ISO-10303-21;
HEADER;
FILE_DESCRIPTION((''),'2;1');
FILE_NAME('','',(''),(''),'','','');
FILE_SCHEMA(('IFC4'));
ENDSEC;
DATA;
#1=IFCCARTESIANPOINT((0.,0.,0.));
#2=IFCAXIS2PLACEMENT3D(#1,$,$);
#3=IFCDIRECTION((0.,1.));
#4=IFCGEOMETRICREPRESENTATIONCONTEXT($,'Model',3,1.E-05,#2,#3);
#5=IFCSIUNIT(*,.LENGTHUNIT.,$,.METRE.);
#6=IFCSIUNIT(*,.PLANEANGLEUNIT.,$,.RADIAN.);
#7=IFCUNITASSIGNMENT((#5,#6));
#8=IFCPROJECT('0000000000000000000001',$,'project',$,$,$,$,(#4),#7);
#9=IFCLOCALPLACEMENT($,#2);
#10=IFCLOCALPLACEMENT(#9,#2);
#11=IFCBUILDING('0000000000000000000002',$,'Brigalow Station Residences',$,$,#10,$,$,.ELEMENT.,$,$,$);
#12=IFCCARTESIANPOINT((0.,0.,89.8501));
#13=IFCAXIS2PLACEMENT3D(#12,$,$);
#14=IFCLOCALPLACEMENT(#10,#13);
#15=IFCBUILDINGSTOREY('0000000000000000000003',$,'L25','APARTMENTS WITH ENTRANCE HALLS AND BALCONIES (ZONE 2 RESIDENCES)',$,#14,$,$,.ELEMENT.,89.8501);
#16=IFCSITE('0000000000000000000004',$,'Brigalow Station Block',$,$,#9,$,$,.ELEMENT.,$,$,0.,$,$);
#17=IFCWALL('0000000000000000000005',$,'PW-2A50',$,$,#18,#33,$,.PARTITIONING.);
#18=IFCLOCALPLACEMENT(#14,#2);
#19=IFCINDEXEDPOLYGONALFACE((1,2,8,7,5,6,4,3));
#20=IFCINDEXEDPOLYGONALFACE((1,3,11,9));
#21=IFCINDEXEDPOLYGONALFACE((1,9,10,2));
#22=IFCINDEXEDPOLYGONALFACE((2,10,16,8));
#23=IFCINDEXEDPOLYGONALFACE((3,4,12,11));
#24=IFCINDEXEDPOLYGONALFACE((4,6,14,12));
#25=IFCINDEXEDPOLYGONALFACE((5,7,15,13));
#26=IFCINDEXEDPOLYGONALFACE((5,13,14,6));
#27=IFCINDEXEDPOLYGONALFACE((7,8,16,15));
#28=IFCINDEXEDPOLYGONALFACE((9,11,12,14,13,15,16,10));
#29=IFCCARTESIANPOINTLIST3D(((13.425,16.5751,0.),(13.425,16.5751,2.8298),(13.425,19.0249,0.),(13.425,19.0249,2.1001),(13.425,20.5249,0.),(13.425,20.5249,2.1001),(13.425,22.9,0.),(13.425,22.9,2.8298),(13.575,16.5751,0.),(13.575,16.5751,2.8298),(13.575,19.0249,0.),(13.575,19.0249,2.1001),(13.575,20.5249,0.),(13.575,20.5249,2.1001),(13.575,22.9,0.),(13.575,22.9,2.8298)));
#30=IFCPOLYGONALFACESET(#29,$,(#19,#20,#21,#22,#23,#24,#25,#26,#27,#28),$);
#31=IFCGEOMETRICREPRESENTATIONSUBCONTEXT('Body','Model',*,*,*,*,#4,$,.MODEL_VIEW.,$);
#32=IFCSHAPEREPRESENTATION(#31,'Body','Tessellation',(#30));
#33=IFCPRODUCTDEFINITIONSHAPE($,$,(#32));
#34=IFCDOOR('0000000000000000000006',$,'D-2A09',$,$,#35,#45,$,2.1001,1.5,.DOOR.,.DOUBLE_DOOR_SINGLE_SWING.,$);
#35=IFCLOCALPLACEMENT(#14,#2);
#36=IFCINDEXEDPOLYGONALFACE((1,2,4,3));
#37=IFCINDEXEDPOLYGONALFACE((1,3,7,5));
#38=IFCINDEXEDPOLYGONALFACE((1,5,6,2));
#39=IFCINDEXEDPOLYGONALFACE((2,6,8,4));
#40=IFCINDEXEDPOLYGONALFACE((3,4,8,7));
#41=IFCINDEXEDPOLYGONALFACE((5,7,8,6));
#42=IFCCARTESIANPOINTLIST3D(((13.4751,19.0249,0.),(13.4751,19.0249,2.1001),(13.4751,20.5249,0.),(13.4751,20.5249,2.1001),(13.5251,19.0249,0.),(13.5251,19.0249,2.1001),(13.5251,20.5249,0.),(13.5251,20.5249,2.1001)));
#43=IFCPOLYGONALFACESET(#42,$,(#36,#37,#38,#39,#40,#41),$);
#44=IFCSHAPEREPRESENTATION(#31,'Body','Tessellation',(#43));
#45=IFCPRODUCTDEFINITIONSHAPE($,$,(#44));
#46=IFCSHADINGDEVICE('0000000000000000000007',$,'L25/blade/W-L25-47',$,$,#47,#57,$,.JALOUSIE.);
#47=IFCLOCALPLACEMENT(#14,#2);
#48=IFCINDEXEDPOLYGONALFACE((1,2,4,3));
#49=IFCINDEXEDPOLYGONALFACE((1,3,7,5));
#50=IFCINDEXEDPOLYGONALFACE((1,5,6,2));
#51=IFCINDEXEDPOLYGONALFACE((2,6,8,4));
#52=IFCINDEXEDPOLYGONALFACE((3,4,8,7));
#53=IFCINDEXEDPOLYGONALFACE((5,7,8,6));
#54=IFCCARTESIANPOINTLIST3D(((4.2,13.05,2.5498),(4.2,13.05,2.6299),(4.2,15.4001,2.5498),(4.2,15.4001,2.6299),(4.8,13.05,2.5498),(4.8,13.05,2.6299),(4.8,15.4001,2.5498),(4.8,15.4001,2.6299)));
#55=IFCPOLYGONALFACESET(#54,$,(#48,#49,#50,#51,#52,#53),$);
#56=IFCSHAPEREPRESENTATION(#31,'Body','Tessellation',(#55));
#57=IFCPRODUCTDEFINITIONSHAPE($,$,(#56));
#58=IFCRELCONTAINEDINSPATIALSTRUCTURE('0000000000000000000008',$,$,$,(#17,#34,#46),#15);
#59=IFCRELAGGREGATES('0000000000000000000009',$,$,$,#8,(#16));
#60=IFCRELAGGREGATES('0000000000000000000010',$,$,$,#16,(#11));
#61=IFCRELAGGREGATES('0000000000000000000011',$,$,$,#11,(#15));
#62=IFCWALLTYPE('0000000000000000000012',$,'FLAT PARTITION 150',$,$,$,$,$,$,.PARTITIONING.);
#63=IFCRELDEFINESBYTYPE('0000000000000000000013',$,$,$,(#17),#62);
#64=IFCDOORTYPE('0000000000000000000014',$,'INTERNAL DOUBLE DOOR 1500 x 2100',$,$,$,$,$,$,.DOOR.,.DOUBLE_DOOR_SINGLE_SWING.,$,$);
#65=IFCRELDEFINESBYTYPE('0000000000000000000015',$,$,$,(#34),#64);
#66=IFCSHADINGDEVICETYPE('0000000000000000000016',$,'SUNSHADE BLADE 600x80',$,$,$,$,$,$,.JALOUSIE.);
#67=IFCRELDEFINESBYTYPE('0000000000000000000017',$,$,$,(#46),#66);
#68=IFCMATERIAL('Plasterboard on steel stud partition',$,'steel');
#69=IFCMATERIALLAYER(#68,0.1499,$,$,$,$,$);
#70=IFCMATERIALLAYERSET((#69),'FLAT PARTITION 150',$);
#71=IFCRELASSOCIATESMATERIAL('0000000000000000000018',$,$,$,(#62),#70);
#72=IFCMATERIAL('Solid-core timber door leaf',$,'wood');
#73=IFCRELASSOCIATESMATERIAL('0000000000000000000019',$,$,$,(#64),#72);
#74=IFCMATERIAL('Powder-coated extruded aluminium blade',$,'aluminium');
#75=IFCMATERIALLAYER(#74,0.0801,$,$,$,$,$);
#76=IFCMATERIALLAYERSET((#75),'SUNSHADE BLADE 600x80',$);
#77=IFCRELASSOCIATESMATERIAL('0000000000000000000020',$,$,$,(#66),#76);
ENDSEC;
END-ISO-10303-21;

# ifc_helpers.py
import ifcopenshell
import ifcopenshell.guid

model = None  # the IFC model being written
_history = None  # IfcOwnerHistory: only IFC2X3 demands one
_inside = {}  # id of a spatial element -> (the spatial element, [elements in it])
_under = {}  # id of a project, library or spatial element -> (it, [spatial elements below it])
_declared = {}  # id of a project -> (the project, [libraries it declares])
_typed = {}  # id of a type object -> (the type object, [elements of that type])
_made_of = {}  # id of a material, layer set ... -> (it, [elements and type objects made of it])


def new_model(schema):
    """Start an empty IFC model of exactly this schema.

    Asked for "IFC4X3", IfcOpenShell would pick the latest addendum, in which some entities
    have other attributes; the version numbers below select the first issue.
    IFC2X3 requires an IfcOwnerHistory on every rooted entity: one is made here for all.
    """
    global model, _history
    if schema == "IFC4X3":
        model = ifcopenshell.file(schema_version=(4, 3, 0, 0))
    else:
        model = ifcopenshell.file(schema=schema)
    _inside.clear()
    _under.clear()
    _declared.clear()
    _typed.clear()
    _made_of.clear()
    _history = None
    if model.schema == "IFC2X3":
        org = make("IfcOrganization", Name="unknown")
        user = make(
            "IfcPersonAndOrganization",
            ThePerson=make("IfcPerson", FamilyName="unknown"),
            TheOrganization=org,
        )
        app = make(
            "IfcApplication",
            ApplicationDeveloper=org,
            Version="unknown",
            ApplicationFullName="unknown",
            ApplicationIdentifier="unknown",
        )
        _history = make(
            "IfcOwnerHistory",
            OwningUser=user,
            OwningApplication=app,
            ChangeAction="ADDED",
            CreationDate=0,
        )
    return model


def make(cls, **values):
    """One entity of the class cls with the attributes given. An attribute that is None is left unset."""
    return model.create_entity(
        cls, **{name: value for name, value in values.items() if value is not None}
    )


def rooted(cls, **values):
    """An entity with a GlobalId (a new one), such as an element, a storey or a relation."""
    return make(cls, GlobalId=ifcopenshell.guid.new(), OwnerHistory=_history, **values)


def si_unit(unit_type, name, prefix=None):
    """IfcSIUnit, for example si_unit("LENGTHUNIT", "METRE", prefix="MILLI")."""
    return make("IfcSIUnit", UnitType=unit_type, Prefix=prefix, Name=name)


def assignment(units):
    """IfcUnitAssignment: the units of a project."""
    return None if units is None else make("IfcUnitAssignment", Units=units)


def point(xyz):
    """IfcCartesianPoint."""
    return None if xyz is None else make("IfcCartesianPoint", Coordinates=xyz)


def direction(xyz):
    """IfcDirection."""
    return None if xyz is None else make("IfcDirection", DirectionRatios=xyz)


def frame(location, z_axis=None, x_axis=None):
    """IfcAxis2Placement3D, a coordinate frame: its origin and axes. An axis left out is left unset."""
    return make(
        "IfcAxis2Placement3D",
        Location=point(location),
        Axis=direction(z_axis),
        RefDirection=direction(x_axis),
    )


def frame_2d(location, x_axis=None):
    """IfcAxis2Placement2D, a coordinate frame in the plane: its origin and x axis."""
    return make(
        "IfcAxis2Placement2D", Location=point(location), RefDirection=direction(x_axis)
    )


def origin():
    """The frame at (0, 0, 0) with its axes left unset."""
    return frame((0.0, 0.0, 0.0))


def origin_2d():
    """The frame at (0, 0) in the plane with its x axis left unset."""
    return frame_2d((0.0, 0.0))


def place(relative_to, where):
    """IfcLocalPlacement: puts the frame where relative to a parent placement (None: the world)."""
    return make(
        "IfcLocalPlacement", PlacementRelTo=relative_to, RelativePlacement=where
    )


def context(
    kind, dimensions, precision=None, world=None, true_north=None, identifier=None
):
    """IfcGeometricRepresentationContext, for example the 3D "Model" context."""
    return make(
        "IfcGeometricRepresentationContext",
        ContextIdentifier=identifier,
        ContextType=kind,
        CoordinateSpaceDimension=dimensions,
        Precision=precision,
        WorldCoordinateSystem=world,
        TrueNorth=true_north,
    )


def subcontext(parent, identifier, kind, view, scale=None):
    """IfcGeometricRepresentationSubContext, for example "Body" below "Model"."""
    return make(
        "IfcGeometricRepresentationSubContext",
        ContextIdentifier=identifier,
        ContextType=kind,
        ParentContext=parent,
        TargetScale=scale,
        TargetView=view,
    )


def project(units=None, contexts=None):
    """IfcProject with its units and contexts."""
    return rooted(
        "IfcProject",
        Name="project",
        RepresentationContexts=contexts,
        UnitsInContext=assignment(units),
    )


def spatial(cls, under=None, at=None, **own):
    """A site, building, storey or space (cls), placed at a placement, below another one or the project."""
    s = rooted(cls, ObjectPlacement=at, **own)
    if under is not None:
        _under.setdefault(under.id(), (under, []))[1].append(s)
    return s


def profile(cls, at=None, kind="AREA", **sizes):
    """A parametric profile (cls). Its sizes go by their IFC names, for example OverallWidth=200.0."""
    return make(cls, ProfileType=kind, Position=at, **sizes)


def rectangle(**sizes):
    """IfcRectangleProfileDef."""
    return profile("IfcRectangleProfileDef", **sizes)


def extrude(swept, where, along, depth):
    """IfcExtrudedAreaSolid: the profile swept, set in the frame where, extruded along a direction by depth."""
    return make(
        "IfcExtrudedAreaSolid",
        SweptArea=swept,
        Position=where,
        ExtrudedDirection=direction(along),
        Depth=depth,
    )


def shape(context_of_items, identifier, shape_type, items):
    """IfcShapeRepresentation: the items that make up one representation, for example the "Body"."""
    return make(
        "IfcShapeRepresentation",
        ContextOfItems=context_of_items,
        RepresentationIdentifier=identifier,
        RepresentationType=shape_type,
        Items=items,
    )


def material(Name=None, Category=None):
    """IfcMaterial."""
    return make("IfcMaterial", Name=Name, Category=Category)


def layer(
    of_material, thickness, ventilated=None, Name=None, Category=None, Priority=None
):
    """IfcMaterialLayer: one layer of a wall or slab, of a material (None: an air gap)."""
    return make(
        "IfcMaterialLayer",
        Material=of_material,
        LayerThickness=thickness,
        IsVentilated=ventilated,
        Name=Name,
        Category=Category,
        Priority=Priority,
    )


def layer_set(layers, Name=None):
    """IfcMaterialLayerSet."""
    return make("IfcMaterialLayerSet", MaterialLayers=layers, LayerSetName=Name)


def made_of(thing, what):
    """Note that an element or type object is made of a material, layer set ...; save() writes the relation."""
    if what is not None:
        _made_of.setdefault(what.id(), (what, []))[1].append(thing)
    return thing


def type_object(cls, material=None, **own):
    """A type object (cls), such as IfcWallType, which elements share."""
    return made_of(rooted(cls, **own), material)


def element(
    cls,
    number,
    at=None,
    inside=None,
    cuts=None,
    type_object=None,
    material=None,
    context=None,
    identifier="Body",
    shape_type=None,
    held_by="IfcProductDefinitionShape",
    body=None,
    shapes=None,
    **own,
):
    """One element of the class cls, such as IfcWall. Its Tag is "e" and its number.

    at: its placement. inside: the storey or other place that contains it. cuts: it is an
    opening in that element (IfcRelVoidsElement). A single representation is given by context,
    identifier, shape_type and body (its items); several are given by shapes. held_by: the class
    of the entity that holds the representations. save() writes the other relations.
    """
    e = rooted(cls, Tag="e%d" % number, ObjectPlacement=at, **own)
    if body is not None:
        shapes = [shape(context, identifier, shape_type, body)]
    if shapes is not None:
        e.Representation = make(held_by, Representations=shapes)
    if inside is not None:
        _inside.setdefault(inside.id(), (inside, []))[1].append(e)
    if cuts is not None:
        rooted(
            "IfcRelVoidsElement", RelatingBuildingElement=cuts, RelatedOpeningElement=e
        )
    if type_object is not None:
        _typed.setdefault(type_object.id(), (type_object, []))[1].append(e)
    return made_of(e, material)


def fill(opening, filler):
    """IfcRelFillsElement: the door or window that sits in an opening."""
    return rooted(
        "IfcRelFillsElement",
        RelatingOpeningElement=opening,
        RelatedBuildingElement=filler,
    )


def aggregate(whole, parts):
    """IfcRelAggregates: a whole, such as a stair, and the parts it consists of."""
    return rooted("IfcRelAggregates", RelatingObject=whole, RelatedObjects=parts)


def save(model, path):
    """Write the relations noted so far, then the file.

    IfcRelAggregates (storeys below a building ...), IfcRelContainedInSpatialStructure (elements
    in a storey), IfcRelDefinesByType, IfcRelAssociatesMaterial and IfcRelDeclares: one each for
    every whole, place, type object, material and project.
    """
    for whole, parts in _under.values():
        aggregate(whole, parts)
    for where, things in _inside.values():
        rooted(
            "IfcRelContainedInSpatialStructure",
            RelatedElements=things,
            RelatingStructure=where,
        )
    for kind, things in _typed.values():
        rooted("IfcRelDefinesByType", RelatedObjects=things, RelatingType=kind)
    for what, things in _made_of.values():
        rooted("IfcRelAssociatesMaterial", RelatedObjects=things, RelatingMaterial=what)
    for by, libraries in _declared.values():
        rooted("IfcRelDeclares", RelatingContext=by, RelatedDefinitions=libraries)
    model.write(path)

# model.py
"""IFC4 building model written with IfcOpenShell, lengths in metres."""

from ifc_helpers import new_model, si_unit, direction, frame, frame_2d, origin, origin_2d, place, context, subcontext, project, spatial, rectangle, extrude, material, layer, layer_set, type_object, element, fill, save


model = new_model("IFC4")

# Units and contexts
model_context = context("Model", 3, precision=1e-05, world=origin(), true_north=direction((0.0, 1.0)))
body_context = subcontext(model_context, "Body", "Model", "MODEL_VIEW")
ifc_project = project(units=[si_unit("LENGTHUNIT", "METRE"), si_unit("PLANEANGLEUNIT", "RADIAN")], contexts=[model_context])

# Site, building, storey
site_placement = place(None, origin())
site = spatial("IfcSite", under=ifc_project, at=site_placement, Name="Brigalow Station Block", CompositionType="ELEMENT", RefElevation=0.0)
building_placement = place(site_placement, origin())
building = spatial("IfcBuilding", under=site, at=building_placement, Name="Brigalow Station Residences", CompositionType="ELEMENT")
storey_placement = place(building_placement, frame((0.0, 0.0, 89.8501)))
storey = spatial("IfcBuildingStorey", under=building, at=storey_placement, Name="L25", Description="APARTMENTS WITH ENTRANCE HALLS AND BALCONIES (ZONE 2 RESIDENCES)", CompositionType="ELEMENT", Elevation=89.8501)

# Shared definitions
ifc_material_1 = material(Name="Plasterboard on steel stud partition", Category="steel")
ifc_layer_1 = layer(ifc_material_1, 0.1499)
ifc_layer_set_1 = layer_set([ifc_layer_1], Name="FLAT PARTITION 150")
wall_type_1 = type_object("IfcWallType", Name="FLAT PARTITION 150", PredefinedType="PARTITIONING", material=ifc_layer_set_1)

# Wall, opening, door
wall_1_placement = place(storey_placement, frame((13.5, 16.575, 0.0), z_axis=(0.0, 0.0, 1.0), x_axis=(0.0, 1.0, 0.0)))
wall_1 = element("IfcWall", 1, at=wall_1_placement, inside=storey, type_object=wall_type_1, Name="PW-2A50", PredefinedType="PARTITIONING", context=body_context, shape_type="SweptSolid", body=[
    extrude(rectangle(XDim=6.325, YDim=0.1499, at=frame_2d((3.1626, 0.0))), origin(), (0.0, 0.0, 1.0), 2.8298),
])
opening_1_placement = place(wall_1_placement, frame((2.45, 0.0, 0.0)))
opening_1 = element("IfcOpeningElement", 2, at=opening_1_placement, cuts=wall_1, PredefinedType="OPENING", context=body_context, shape_type="SweptSolid", body=[
    extrude(rectangle(XDim=1.5, YDim=2.1001, at=frame_2d((0.75, 1.05))), frame((0.0, 0.085, 0.0), z_axis=(0.0, -1.0, 0.0), x_axis=(1.0, 0.0, 0.0)), (0.0, 0.0, 1.0), 0.1699),
])
ifc_material_2 = material(Name="Solid-core timber door leaf", Category="wood")
door_type_1 = type_object("IfcDoorType", Name="INTERNAL DOUBLE DOOR 1500 x 2100", OperationType="DOUBLE_DOOR_SINGLE_SWING", PredefinedType="DOOR", material=ifc_material_2)
door_1_placement = place(opening_1_placement, origin())
door_1 = element("IfcDoor", 3, at=door_1_placement, inside=storey, type_object=door_type_1, Name="D-2A09", OperationType="DOUBLE_DOOR_SINGLE_SWING", OverallHeight=2.1001, OverallWidth=1.5, PredefinedType="DOOR", context=body_context, shape_type="SweptSolid", body=[
    extrude(rectangle(XDim=1.5, YDim=2.1001, at=frame_2d((0.75, 1.05))), frame((0.0, 0.0249, 0.0), z_axis=(0.0, -1.0, 0.0), x_axis=(1.0, 0.0, 0.0)), (0.0, 0.0, 1.0), 0.05),
])
fill(opening_1, door_1)

# Shading device
ifc_material_3 = material(Name="Powder-coated extruded aluminium blade", Category="aluminium")
ifc_layer_2 = layer(ifc_material_3, 0.0801)
ifc_layer_set_2 = layer_set([ifc_layer_2], Name="SUNSHADE BLADE 600x80")
shading_device_type = type_object("IfcShadingDeviceType", Name="SUNSHADE BLADE 600x80", PredefinedType="JALOUSIE", material=ifc_layer_set_2)
shading_device_placement = place(storey_placement, frame((4.5, 14.2251, 2.5498), z_axis=(0.0, 0.0, 1.0), x_axis=(0.0, -1.0, 0.0)))
element("IfcShadingDevice", 4, at=shading_device_placement, inside=storey, type_object=shading_device_type, Name="L25/blade/W-L25-47", PredefinedType="JALOUSIE", context=body_context, shape_type="SweptSolid", body=[
    extrude(rectangle(XDim=2.3501, YDim=0.6001, at=origin_2d()), origin(), (0.0, 0.0, 1.0), 0.0801),
])

save(model, "model.ifc")
